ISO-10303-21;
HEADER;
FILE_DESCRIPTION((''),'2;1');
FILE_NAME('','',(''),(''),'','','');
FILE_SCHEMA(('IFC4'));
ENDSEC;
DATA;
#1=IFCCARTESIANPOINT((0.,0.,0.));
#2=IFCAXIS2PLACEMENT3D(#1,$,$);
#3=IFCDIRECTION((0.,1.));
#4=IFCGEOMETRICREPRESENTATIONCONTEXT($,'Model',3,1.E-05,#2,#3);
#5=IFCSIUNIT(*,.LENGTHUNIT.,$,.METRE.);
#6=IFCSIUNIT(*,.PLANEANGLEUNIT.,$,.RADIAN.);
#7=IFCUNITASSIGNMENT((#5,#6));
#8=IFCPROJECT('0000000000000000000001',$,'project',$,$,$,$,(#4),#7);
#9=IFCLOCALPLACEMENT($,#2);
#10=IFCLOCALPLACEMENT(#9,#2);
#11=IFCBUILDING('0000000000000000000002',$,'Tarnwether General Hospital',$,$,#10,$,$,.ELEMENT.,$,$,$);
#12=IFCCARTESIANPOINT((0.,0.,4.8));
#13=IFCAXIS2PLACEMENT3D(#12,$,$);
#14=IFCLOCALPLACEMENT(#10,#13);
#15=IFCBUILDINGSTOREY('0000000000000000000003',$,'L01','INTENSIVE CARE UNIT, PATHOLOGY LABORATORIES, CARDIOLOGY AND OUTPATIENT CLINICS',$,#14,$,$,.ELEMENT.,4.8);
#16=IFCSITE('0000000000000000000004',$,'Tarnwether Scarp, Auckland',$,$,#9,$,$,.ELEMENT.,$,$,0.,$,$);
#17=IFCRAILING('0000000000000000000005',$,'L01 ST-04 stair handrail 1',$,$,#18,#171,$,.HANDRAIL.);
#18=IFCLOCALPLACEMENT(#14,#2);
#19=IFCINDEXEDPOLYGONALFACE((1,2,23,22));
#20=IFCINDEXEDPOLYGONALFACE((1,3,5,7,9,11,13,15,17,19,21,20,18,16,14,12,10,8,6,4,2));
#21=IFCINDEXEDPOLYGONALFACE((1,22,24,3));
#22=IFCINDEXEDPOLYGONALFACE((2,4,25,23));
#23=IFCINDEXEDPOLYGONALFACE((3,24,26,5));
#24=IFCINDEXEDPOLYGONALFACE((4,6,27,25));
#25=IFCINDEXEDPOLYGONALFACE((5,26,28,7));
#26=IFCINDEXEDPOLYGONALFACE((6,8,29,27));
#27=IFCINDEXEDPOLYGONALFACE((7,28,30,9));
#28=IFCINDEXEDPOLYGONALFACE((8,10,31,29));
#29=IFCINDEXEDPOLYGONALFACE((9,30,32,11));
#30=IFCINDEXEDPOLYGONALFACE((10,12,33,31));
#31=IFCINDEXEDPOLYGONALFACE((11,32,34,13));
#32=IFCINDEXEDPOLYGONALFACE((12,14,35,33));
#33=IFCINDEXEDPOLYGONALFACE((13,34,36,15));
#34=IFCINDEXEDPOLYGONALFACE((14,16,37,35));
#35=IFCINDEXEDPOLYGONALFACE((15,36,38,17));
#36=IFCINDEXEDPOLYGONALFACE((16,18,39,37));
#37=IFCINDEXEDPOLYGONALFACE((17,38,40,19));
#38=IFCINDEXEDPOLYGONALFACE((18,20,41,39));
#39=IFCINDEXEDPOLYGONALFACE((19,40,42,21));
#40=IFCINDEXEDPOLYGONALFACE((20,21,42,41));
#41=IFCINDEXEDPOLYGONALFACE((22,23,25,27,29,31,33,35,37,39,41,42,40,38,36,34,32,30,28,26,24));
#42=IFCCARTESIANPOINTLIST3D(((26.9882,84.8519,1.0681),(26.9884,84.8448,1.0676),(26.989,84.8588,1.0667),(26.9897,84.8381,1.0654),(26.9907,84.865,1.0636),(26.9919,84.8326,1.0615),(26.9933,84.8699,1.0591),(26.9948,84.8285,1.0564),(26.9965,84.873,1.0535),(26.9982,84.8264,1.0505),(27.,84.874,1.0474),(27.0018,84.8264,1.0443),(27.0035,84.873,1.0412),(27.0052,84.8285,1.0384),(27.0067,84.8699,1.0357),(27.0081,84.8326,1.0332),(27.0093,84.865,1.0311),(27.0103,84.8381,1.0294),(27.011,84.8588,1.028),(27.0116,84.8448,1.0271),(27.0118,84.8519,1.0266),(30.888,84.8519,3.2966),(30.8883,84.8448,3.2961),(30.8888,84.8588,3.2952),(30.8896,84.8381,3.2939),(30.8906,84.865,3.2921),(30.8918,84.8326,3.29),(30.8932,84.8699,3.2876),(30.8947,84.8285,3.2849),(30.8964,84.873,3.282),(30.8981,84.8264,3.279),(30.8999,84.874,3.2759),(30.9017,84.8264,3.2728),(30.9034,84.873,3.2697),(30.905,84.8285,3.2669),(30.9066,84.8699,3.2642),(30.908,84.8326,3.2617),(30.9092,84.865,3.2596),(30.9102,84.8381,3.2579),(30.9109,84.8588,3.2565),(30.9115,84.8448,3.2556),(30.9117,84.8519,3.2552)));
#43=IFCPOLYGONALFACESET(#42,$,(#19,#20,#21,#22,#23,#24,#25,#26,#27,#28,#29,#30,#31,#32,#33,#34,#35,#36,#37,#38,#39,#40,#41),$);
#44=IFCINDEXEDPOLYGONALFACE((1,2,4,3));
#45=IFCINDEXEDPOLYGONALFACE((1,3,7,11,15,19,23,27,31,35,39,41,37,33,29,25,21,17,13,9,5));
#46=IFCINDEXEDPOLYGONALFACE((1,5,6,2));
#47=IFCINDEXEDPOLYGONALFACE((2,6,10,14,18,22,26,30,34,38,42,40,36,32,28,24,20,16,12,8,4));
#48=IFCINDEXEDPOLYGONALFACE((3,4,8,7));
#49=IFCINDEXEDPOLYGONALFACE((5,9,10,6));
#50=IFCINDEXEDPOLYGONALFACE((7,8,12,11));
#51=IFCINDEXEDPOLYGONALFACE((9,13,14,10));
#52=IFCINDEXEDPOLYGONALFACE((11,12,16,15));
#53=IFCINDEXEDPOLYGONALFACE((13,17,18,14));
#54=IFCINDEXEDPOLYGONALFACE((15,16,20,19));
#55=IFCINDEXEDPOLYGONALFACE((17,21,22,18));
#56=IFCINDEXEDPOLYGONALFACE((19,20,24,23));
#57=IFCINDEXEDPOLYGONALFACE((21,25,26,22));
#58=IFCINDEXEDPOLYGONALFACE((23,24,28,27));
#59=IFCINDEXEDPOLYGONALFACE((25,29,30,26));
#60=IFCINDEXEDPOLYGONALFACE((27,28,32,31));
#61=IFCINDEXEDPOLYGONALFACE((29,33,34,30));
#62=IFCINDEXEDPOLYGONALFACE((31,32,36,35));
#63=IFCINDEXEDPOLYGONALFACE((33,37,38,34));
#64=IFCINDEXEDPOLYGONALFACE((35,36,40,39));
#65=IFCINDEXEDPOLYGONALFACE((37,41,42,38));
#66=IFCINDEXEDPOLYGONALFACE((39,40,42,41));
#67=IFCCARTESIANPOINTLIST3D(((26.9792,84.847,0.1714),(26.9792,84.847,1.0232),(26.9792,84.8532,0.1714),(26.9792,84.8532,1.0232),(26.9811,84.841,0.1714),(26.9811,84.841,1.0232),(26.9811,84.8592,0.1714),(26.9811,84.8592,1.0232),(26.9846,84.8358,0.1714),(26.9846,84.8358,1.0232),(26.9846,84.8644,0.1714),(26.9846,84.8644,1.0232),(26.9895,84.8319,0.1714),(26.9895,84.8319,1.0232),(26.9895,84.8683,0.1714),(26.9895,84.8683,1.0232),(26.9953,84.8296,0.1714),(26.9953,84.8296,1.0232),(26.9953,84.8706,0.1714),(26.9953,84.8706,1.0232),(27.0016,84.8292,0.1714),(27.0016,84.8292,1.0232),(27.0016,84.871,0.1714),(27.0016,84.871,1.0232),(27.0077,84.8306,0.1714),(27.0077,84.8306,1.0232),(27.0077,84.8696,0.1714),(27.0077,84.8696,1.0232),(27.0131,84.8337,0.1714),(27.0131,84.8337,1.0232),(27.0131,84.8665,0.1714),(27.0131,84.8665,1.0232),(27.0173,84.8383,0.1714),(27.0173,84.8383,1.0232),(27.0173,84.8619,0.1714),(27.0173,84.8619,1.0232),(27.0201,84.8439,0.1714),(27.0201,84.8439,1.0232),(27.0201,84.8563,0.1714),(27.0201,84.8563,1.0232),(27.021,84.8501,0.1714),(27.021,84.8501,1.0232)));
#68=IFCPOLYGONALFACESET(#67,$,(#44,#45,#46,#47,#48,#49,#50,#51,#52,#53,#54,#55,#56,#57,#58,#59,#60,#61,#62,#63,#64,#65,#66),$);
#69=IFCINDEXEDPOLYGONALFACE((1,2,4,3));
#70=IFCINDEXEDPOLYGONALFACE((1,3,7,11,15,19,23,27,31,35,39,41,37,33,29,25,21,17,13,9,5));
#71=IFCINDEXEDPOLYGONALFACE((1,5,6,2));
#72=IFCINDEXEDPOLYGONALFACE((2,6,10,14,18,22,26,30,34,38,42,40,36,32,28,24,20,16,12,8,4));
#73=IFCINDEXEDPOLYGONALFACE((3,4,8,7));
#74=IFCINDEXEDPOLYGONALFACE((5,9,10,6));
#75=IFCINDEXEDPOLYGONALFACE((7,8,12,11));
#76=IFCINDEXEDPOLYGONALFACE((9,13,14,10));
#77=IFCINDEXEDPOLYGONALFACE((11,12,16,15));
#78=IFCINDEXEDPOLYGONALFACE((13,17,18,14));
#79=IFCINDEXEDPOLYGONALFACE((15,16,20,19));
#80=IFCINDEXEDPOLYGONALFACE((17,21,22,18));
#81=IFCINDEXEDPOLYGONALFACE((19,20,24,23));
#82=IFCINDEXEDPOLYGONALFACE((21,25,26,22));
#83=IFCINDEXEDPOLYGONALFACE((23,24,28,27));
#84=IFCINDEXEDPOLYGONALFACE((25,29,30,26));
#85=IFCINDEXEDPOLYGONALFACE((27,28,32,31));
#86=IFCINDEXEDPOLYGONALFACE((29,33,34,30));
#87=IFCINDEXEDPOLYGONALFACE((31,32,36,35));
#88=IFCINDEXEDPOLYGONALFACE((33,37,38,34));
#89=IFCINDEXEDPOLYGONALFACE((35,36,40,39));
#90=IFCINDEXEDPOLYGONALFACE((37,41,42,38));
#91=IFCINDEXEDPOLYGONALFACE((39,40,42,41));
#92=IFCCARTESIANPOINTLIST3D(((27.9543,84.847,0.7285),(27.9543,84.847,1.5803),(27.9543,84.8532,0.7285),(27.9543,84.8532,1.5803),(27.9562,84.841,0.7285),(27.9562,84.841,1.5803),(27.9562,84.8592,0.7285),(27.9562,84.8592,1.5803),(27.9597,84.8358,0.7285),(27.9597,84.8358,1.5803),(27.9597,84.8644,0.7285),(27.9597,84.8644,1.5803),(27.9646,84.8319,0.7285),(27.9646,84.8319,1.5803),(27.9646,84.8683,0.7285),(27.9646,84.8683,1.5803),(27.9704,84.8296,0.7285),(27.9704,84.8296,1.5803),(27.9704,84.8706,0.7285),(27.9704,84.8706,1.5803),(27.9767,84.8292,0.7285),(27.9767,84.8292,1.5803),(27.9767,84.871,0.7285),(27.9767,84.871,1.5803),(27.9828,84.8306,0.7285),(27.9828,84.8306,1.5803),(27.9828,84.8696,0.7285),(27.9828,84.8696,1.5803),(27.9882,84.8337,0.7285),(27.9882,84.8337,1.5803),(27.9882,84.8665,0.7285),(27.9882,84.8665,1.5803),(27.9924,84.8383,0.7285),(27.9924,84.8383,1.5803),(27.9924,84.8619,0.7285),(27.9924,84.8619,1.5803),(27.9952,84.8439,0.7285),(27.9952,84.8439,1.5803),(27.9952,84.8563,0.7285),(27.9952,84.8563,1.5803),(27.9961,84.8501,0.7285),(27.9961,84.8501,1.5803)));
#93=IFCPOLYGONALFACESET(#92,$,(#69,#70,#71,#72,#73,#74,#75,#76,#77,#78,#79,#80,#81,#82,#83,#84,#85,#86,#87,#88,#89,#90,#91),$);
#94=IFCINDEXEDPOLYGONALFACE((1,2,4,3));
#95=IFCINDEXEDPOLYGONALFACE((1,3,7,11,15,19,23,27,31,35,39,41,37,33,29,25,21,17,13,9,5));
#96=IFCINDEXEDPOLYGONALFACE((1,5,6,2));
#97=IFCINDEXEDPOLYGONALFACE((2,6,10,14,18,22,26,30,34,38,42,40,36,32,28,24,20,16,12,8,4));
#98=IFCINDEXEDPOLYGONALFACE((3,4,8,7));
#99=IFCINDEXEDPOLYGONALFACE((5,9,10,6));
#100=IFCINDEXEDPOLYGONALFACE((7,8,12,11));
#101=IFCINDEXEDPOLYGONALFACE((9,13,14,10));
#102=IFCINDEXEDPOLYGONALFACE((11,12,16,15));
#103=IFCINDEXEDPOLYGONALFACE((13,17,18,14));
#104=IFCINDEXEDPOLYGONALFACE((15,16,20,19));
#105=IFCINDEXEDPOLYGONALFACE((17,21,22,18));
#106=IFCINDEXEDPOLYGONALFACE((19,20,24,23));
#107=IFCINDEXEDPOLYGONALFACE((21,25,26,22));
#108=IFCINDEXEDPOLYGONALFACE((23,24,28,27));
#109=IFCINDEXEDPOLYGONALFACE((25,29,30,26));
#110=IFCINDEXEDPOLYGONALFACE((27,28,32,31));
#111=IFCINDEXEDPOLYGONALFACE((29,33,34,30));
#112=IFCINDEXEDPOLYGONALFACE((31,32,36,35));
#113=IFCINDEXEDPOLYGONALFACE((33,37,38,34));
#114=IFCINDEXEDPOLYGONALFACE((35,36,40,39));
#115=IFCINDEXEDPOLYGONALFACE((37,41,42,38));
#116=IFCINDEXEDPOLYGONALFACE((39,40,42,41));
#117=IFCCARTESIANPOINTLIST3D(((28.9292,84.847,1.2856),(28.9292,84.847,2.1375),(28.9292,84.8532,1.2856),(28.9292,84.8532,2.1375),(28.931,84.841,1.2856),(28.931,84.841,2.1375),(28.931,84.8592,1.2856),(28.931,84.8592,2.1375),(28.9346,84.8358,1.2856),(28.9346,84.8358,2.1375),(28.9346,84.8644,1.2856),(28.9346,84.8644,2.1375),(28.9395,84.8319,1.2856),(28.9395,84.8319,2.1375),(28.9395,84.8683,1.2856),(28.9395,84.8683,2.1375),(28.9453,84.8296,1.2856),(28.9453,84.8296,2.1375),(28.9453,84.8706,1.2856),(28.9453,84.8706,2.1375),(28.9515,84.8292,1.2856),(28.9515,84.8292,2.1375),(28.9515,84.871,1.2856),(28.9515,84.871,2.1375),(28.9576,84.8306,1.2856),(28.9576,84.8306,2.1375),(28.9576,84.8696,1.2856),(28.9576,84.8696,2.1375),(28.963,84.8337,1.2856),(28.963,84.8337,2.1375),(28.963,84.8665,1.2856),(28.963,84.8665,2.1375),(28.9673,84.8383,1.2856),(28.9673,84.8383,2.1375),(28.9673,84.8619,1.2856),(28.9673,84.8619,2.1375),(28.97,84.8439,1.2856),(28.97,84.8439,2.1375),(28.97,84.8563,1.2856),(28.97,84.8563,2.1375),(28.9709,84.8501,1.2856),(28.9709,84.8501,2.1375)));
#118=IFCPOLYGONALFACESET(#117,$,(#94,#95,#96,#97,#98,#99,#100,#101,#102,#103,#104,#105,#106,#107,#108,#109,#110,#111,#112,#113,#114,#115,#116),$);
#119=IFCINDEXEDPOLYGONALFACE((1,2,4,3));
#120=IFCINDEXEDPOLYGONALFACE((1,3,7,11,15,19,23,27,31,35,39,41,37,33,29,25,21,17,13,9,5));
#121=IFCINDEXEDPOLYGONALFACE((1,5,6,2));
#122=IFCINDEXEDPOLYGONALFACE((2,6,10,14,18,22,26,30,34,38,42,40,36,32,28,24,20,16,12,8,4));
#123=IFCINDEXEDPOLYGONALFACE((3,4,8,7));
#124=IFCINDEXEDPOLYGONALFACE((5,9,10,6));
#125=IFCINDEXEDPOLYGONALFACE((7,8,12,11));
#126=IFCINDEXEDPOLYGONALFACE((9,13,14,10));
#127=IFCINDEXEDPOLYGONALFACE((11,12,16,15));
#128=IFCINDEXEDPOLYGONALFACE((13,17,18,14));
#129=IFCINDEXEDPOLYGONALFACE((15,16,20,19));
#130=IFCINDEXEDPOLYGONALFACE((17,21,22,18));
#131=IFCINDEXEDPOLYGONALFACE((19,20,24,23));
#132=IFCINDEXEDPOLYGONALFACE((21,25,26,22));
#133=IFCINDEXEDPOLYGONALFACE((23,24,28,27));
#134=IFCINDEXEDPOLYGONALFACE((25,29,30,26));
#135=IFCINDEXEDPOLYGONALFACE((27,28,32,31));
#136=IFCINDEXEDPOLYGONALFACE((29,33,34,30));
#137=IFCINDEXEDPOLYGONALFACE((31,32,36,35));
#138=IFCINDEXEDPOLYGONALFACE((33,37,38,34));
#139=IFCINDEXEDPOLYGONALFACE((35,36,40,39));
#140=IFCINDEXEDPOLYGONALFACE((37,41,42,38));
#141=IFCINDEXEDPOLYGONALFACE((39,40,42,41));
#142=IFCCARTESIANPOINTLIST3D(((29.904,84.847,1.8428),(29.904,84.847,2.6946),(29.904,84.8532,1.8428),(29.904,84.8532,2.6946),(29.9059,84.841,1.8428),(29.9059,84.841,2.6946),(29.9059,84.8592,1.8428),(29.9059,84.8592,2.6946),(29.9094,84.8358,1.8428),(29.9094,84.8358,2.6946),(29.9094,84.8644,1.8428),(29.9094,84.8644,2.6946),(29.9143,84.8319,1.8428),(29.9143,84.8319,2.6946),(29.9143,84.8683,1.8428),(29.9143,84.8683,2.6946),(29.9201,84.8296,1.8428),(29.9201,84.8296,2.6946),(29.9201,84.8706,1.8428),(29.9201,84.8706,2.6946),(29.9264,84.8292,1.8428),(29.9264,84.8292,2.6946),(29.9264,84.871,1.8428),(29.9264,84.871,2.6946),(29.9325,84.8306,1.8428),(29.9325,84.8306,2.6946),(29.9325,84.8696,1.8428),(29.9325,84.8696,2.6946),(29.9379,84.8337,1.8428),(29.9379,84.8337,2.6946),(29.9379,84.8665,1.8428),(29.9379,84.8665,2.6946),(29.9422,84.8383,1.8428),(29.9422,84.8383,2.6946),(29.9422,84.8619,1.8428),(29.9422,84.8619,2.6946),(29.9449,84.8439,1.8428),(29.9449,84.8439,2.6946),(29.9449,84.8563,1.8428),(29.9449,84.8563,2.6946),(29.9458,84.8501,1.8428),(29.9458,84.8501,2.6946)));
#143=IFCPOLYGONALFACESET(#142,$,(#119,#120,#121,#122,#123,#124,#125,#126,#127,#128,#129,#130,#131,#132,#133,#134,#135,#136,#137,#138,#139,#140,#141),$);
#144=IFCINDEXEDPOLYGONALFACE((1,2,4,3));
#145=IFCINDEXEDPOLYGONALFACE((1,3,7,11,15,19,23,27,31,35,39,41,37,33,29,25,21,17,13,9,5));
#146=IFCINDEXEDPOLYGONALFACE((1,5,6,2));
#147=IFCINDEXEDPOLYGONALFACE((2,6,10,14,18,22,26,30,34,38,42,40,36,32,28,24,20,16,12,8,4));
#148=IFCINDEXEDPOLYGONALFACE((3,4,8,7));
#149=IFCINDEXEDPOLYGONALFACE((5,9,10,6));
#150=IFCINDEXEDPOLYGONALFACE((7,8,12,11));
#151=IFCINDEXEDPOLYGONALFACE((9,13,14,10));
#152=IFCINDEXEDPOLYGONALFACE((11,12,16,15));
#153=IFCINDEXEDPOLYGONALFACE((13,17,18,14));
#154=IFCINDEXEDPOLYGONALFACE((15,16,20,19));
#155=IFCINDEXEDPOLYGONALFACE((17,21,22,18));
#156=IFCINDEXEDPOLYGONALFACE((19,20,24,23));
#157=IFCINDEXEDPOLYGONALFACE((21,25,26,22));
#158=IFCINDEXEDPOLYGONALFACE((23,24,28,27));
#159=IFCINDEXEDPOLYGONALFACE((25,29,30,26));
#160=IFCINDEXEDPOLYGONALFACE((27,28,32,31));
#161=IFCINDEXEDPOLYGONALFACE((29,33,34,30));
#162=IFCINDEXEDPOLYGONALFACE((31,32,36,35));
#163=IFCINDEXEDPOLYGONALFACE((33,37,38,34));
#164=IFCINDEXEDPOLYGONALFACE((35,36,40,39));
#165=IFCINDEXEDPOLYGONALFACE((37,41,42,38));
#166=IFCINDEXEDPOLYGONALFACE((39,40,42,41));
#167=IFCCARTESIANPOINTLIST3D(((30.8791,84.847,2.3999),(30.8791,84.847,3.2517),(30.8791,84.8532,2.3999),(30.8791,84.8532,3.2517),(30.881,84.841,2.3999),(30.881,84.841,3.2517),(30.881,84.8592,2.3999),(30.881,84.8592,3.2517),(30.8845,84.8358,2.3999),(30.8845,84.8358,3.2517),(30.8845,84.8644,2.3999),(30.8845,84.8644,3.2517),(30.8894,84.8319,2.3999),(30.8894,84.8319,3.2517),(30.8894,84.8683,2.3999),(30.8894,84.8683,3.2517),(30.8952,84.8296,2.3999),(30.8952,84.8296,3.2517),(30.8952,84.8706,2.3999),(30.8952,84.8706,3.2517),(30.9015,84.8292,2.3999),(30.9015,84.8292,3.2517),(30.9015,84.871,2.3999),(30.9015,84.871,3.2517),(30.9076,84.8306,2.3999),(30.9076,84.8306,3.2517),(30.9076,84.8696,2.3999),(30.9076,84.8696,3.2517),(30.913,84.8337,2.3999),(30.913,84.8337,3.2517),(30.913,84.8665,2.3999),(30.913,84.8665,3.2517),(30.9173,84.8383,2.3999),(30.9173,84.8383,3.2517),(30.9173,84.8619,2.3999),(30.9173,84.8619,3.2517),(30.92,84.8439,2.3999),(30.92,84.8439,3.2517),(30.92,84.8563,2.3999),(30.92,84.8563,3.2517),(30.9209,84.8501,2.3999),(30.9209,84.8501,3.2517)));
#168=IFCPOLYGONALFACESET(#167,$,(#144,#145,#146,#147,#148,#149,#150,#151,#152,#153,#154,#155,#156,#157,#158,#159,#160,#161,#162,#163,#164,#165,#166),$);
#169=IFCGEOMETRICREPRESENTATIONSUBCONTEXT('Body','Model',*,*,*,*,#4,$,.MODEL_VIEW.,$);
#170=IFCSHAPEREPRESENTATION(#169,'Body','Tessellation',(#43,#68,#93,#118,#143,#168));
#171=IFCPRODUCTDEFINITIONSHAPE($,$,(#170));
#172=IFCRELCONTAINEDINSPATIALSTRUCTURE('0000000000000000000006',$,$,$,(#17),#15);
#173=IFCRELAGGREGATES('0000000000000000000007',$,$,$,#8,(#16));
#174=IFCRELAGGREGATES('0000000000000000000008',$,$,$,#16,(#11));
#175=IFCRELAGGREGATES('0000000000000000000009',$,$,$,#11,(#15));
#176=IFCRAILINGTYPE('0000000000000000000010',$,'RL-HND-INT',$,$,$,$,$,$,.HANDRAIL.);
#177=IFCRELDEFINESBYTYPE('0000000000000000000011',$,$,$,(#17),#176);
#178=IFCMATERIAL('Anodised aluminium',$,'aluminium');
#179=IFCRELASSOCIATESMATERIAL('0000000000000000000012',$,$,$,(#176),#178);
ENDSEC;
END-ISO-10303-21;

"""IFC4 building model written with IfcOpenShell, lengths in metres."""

from ifc_helpers import new_model, si_unit, direction, frame, origin, origin_2d, place, context, subcontext, project, spatial, circle, extrude, material, type_object, element, save


model = new_model("IFC4")

# Units and contexts
model_context = context("Model", 3, precision=1e-05, world=origin(), true_north=direction((0.0, 1.0)))
body_context = subcontext(model_context, "Body", "Model", "MODEL_VIEW")
ifc_project = project(units=[si_unit("LENGTHUNIT", "METRE"), si_unit("PLANEANGLEUNIT", "RADIAN")], contexts=[model_context])

# Site, building, storey
site_placement = place(None, origin())
site = spatial("IfcSite", under=ifc_project, at=site_placement, Name="Tarnwether Scarp, Auckland", CompositionType="ELEMENT", RefElevation=0.0)
building_placement = place(site_placement, origin())
building = spatial("IfcBuilding", under=site, at=building_placement, Name="Tarnwether General Hospital", CompositionType="ELEMENT")
storey_placement = place(building_placement, frame((0.0, 0.0, 4.8)))
storey = spatial("IfcBuildingStorey", under=building, at=storey_placement, Name="L01", Description="INTENSIVE CARE UNIT, PATHOLOGY LABORATORIES, CARDIOLOGY AND OUTPATIENT CLINICS", CompositionType="ELEMENT", Elevation=4.8)

# Railing
ifc_material_1 = material(Name="Anodised aluminium", Category="aluminium")
railing_type_1 = type_object("IfcRailingType", Name="RL-HND-INT", PredefinedType="HANDRAIL", material=ifc_material_1)
railing_1_placement = place(storey_placement, frame((27.0, 84.8501, 0.1714)))
element("IfcRailing", 1, at=railing_1_placement, inside=storey, type_object=railing_type_1, Name="L01 ST-04 stair handrail 1", PredefinedType="HANDRAIL", context=body_context, shape_type="SweptSolid", body=[
    extrude(circle(Radius=0.0239, at=origin_2d()), frame((0.0, 0.0, 0.876), z_axis=(0.868243, 0.0, 0.496139), x_axis=(0.0, 1.0, 0.0)), (0.0, 0.0, 1.0), 4.4917),
    extrude(circle(Radius=0.021, at=origin_2d()), origin(), (0.0, 0.0, 1.0), 0.8518),
    extrude(circle(Radius=0.021, at=origin_2d()), frame((0.9751, 0.0, 0.5571)), (0.0, 0.0, 1.0), 0.8518),
    extrude(circle(Radius=0.021, at=origin_2d()), frame((1.95, 0.0, 1.1143)), (0.0, 0.0, 1.0), 0.8518),
    extrude(circle(Radius=0.021, at=origin_2d()), frame((2.9248, 0.0, 1.6714)), (0.0, 0.0, 1.0), 0.8518),
    extrude(circle(Radius=0.021, at=origin_2d()), frame((3.8999, 0.0, 2.2285)), (0.0, 0.0, 1.0), 0.8518),
])

save(model, "model.ifc")
